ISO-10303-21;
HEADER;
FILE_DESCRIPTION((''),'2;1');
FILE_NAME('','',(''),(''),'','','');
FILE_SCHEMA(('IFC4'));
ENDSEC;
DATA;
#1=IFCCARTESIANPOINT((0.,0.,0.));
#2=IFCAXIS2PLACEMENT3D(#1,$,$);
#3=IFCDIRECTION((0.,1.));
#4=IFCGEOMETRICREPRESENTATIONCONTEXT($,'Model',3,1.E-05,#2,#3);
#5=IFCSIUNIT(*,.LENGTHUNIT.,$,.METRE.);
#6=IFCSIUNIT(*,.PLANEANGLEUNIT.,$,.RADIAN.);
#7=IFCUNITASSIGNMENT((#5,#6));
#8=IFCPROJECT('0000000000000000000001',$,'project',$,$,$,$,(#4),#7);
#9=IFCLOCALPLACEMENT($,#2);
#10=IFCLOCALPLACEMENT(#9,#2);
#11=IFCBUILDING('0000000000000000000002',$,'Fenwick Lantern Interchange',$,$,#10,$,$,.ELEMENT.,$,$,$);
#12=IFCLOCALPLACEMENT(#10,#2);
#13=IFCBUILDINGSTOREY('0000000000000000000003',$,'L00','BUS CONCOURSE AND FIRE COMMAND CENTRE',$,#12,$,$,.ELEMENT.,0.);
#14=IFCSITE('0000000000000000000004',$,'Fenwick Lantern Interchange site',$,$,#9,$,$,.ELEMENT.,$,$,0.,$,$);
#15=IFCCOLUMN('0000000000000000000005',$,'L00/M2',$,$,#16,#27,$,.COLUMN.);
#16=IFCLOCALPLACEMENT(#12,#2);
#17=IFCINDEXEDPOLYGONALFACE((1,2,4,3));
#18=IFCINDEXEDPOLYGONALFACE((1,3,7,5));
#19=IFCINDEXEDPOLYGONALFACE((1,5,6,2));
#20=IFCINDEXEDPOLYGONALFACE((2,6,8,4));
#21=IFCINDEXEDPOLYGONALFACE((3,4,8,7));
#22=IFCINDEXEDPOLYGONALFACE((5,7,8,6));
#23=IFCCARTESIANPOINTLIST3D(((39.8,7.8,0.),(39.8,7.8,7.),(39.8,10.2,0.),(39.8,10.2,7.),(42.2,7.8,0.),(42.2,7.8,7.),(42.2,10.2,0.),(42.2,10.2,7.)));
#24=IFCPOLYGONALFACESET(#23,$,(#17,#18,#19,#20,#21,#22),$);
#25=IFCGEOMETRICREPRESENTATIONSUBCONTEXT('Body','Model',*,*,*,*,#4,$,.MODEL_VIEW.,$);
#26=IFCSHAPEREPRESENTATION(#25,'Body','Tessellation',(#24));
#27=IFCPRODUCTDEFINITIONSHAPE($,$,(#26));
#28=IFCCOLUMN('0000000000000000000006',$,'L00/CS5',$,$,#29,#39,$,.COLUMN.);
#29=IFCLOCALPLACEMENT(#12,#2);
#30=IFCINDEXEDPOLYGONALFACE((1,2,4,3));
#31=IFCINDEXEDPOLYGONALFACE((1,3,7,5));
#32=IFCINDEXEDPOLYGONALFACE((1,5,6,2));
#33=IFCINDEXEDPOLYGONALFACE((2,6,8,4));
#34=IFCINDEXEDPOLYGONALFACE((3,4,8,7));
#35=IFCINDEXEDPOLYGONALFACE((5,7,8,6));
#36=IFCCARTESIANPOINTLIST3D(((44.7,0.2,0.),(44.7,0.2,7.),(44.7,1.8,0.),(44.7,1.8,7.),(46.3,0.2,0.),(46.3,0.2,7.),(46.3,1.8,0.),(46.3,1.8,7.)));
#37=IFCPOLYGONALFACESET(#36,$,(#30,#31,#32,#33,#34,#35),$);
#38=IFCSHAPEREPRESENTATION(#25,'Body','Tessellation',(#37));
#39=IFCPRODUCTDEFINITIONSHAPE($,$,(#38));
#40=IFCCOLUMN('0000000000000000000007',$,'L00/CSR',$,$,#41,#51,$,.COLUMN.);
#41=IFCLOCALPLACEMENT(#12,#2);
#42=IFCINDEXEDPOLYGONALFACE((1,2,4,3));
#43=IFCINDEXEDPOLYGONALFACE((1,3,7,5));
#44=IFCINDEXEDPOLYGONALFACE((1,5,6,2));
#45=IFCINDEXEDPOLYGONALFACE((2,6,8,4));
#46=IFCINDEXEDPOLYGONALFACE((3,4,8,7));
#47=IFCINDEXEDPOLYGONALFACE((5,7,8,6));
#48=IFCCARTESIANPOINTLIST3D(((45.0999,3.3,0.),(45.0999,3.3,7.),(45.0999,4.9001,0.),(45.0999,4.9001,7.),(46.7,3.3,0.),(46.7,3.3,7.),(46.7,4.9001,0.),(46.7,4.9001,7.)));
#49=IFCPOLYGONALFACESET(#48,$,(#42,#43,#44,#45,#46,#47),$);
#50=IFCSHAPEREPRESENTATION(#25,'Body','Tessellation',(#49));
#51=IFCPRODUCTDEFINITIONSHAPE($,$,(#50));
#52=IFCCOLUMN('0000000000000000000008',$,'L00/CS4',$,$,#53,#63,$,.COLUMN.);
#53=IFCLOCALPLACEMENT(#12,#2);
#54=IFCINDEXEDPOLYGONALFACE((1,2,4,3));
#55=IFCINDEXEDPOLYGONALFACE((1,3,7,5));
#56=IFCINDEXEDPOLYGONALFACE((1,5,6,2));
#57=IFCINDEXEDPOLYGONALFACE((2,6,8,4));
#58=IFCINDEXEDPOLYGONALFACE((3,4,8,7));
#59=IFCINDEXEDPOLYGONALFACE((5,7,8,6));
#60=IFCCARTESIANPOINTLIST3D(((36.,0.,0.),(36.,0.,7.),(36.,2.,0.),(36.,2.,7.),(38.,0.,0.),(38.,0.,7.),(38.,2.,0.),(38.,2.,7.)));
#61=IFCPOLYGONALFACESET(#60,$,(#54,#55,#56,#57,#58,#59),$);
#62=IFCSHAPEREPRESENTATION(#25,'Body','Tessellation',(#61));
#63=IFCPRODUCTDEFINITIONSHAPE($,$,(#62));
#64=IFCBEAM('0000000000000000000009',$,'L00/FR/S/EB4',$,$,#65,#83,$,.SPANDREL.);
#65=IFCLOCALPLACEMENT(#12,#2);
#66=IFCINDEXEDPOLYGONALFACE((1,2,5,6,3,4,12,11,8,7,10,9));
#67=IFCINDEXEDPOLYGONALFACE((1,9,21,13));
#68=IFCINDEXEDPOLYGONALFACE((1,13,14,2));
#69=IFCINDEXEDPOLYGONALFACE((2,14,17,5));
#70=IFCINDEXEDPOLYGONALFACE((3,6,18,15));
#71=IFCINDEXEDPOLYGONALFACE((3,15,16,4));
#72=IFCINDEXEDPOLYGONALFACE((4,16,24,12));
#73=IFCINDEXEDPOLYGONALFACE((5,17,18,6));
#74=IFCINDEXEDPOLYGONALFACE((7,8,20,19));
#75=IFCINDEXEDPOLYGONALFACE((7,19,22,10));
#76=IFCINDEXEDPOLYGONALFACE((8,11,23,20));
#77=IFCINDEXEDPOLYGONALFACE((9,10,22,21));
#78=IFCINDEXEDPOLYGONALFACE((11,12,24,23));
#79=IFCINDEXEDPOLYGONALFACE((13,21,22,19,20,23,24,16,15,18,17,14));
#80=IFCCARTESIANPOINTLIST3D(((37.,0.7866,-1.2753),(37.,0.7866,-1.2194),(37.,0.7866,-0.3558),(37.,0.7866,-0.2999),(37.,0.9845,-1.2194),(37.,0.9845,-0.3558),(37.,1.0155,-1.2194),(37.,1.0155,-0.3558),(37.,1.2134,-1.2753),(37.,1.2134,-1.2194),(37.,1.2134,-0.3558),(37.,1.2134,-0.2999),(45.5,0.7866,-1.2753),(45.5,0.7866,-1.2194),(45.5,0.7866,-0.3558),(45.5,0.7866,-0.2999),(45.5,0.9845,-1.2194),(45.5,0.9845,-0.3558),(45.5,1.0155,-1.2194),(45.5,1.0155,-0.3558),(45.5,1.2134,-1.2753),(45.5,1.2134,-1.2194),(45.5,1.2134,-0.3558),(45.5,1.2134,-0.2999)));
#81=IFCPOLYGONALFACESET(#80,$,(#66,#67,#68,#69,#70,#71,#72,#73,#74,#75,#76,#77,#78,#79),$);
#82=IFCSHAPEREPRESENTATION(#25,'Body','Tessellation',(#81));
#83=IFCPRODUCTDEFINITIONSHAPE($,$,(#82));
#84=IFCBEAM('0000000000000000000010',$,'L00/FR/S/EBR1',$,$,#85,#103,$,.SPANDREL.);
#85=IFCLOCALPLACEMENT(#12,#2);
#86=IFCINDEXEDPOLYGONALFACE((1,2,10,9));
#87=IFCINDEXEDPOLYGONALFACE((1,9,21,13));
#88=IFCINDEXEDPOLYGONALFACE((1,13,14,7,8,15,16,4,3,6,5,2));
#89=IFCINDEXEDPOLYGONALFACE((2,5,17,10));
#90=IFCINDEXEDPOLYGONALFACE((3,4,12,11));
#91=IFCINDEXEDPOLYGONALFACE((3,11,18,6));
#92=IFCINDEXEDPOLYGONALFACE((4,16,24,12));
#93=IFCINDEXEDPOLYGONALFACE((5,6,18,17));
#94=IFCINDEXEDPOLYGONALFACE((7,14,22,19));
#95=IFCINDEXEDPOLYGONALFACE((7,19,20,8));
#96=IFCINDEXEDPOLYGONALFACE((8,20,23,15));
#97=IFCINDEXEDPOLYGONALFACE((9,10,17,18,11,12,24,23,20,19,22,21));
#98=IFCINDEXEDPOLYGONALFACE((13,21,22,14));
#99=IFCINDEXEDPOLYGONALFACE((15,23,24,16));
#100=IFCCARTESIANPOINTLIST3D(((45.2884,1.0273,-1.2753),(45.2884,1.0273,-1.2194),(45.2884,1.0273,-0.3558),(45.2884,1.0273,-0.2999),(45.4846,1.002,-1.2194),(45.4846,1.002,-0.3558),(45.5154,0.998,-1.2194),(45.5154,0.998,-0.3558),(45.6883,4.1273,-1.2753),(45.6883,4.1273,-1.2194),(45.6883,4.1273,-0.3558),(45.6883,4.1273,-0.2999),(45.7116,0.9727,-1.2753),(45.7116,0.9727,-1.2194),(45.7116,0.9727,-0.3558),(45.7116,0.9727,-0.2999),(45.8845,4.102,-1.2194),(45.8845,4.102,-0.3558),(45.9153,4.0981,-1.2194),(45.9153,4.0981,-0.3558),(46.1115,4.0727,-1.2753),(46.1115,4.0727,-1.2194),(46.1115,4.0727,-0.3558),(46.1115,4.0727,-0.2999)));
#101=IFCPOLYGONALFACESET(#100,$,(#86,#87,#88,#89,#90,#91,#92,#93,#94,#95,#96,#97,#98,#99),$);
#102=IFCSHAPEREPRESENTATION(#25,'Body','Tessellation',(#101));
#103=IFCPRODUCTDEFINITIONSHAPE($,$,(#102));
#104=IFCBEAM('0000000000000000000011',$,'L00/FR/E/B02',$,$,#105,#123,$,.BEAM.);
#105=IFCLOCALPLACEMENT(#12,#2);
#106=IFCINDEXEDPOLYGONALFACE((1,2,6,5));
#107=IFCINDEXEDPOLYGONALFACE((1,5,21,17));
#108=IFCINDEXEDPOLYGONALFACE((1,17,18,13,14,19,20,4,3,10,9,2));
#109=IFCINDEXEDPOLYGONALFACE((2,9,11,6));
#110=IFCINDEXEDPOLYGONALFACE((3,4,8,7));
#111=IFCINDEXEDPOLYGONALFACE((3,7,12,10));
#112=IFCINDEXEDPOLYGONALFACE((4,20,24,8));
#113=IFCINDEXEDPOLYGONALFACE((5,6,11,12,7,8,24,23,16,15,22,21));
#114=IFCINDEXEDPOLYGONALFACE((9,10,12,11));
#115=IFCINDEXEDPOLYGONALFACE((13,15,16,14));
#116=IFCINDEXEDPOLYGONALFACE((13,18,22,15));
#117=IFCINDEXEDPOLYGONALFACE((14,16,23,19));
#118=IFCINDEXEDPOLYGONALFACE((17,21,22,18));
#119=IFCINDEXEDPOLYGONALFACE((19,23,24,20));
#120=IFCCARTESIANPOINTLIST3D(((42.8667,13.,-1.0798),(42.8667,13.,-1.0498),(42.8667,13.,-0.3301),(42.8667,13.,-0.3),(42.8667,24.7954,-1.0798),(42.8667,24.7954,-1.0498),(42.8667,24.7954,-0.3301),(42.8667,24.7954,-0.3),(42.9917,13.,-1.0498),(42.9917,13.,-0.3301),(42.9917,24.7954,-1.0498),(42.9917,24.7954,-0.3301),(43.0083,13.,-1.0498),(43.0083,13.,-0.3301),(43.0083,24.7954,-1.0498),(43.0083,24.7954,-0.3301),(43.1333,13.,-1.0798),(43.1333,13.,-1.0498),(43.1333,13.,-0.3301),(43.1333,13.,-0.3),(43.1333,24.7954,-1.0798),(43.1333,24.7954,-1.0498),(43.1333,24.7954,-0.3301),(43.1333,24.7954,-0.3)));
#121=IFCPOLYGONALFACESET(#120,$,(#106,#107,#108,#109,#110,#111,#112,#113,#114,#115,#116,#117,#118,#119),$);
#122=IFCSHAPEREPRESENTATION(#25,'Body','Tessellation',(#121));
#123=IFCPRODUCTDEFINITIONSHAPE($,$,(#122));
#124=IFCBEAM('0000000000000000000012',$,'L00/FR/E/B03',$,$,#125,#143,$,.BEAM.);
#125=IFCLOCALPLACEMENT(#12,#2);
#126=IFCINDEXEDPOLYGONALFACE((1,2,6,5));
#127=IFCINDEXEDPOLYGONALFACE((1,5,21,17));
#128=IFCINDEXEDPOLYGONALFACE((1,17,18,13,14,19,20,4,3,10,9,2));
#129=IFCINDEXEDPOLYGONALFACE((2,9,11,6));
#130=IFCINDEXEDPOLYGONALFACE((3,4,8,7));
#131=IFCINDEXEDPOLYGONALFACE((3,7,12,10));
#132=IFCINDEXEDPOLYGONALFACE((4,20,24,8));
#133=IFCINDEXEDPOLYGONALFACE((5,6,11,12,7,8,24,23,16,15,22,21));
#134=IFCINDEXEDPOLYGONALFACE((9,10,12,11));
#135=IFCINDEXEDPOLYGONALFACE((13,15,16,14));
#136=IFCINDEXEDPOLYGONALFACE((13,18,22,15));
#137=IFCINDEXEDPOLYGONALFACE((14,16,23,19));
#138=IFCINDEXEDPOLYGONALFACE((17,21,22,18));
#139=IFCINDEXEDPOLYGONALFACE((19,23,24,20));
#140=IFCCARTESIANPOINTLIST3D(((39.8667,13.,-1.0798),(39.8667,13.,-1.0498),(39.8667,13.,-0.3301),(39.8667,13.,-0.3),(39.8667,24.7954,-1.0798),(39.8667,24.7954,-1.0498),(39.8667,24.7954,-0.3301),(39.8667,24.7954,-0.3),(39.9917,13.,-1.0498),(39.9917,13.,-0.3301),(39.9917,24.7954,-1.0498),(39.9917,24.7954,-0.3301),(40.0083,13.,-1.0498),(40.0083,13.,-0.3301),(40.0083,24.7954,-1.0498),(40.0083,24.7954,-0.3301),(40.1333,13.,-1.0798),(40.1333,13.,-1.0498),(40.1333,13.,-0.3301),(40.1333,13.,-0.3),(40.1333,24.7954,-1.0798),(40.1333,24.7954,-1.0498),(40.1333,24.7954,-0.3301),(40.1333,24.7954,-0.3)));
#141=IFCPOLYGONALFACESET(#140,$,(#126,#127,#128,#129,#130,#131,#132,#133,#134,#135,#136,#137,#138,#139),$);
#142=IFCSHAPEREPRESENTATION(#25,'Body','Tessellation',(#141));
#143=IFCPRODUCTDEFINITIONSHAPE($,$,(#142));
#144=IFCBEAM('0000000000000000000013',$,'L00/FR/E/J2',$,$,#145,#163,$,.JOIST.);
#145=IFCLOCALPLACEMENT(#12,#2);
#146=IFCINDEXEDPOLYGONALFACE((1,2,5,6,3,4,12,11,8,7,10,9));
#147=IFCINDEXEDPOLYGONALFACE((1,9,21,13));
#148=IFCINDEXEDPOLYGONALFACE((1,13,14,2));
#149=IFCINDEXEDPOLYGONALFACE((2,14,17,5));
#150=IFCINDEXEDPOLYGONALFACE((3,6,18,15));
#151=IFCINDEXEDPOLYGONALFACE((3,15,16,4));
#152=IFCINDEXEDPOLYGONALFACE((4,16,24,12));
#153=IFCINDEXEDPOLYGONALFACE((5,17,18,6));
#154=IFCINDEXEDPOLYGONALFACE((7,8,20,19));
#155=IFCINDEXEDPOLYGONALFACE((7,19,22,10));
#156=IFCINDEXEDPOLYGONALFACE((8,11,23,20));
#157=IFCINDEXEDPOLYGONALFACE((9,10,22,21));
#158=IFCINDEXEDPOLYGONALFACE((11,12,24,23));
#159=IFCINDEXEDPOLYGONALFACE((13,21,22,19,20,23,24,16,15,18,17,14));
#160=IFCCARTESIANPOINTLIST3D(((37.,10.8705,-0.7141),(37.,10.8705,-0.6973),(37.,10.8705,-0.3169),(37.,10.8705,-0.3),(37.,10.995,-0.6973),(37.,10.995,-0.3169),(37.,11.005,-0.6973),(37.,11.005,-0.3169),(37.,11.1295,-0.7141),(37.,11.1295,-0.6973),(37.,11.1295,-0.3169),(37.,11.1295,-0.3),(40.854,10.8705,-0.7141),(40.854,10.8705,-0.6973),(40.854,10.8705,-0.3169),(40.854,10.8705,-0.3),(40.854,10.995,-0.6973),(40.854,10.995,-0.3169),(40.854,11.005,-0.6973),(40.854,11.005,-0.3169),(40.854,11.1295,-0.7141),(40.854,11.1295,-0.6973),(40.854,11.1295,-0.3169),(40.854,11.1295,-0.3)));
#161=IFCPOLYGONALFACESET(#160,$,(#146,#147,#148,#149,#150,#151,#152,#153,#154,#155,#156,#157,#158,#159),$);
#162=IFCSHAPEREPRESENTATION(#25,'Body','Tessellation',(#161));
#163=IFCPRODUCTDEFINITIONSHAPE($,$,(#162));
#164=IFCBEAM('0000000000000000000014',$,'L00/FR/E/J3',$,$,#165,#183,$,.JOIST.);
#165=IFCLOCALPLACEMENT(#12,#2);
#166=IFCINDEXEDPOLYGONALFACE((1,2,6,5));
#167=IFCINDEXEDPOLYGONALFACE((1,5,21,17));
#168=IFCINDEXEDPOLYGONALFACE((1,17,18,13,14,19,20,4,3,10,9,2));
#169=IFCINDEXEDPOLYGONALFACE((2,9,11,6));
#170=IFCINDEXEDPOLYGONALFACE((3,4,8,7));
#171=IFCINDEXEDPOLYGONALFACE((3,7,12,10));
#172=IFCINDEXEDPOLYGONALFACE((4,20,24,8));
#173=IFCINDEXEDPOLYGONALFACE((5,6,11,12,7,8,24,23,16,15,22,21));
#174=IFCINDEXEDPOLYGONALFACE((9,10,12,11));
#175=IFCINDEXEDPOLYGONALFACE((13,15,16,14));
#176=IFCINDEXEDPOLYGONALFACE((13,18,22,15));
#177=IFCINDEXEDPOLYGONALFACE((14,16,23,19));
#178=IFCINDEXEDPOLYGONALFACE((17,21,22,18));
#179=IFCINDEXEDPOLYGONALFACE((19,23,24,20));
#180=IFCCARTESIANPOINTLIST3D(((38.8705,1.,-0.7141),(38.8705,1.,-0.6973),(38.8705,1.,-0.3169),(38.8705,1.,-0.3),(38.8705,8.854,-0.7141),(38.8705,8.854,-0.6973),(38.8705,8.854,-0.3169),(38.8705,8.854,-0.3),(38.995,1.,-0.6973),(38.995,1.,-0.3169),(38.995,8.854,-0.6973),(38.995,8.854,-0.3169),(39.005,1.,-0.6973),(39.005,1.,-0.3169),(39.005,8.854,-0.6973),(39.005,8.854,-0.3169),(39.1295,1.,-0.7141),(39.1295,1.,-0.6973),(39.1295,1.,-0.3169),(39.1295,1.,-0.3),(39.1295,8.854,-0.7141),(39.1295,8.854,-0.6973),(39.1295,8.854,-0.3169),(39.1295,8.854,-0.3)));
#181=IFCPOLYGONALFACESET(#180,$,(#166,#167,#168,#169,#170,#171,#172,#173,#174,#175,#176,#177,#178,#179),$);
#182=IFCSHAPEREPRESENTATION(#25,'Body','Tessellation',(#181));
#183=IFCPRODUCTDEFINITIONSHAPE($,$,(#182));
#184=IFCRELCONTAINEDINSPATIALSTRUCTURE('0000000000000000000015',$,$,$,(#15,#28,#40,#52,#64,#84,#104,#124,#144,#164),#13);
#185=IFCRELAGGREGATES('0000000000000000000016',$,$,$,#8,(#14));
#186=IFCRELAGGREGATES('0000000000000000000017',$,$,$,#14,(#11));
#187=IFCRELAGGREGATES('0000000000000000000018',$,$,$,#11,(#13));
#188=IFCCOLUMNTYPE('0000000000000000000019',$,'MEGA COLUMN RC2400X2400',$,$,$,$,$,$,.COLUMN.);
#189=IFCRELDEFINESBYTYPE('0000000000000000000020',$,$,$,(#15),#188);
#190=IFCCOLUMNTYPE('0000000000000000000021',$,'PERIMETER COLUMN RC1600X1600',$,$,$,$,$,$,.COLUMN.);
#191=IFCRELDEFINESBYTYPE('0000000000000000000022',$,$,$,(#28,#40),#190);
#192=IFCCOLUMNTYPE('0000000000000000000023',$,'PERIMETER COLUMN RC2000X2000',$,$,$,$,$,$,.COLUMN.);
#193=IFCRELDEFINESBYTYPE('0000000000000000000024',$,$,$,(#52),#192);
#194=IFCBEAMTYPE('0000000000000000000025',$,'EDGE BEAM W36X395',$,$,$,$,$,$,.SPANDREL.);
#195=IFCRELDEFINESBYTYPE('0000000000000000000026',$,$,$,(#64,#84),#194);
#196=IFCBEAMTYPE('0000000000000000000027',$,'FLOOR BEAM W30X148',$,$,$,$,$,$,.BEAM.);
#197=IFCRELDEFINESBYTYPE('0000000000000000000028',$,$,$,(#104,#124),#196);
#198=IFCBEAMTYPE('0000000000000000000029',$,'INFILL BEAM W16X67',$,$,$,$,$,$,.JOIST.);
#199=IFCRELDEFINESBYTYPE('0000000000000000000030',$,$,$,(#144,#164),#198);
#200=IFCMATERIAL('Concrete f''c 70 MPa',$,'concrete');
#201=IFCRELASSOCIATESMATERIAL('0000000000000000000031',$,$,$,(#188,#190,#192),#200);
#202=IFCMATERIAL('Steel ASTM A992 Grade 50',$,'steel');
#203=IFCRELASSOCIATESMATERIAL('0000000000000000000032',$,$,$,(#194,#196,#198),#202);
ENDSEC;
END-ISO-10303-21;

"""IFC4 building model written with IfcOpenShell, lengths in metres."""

from ifc_helpers import new_model, si_unit, direction, frame, origin, origin_2d, place, context, subcontext, project, spatial, rectangle, i_section, extrude, material, material_profile, profile_set, type_object, element, save


model = new_model("IFC4")

# Units and contexts
model_context = context("Model", 3, precision=1e-05, world=origin(), true_north=direction((0.0, 1.0)))
body_context = subcontext(model_context, "Body", "Model", "MODEL_VIEW")
ifc_project = project(units=[si_unit("LENGTHUNIT", "METRE"), si_unit("PLANEANGLEUNIT", "RADIAN")], contexts=[model_context])

# Site, building, storey
site_placement = place(None, origin())
site = spatial("IfcSite", under=ifc_project, at=site_placement, Name="Fenwick Lantern Interchange site", CompositionType="ELEMENT", RefElevation=0.0)
building_placement = place(site_placement, origin())
building = spatial("IfcBuilding", under=site, at=building_placement, Name="Fenwick Lantern Interchange", CompositionType="ELEMENT")
storey_placement = place(building_placement, origin())
storey = spatial("IfcBuildingStorey", under=building, at=storey_placement, Name="L00", Description="BUS CONCOURSE AND FIRE COMMAND CENTRE", CompositionType="ELEMENT", Elevation=0.0)

# Columns
ifc_material_1 = material(Name="Concrete f'c 70 MPa", Category="concrete")
ifc_material_profile_1 = material_profile(ifc_material_1, rectangle(XDim=2.3999, YDim=2.3999, at=origin_2d()), Name="RC2400X2400")
ifc_profile_set_1 = profile_set([ifc_material_profile_1], Name="Concrete f'c 70 MPa")
column_type_1 = type_object("IfcColumnType", Name="MEGA COLUMN RC2400X2400", PredefinedType="COLUMN", material=ifc_profile_set_1)
column_1_placement = place(storey_placement, frame((41.0, 9.0, 0.0), z_axis=(0.0, 0.0, 1.0), x_axis=(1.0, 0.0, 0.0)))
element("IfcColumn", 1, at=column_1_placement, inside=storey, type_object=column_type_1, Name="L00/M2", PredefinedType="COLUMN", context=body_context, shape_type="SweptSolid", body=[
    extrude(rectangle(XDim=2.3999, YDim=2.3999, at=origin_2d()), origin(), (0.0, 0.0, 1.0), 7.0),
])
ifc_material_profile_2 = material_profile(ifc_material_1, rectangle(XDim=1.6001, YDim=1.6001, at=origin_2d()), Name="RC1600X1600")
ifc_profile_set_2 = profile_set([ifc_material_profile_2], Name="Concrete f'c 70 MPa")
column_type_2 = type_object("IfcColumnType", Name="PERIMETER COLUMN RC1600X1600", PredefinedType="COLUMN", material=ifc_profile_set_2)
for number, where, z_axis, x_axis, name in (
    (2, (45.5, 1.0, 0.0), (0.0, 0.0, 1.0), (1.0, 0.0, 0.0), "L00/CS5"),
    (3, (45.8999, 4.1001, 0.0), (0.0, 0.0, 1.0), (1.0, 0.0, 0.0), "L00/CSR"),
):
    element("IfcColumn", number, at=place(storey_placement, frame(where, z_axis=z_axis, x_axis=x_axis)), inside=storey, type_object=column_type_2, Name=name, PredefinedType="COLUMN", context=body_context, shape_type="SweptSolid", body=[
        extrude(rectangle(XDim=1.6001, YDim=1.6001, at=origin_2d()), origin(), (0.0, 0.0, 1.0), 7.0),
    ])
ifc_material_profile_3 = material_profile(ifc_material_1, rectangle(XDim=2.0, YDim=2.0, at=origin_2d()), Name="RC2000X2000")
ifc_profile_set_3 = profile_set([ifc_material_profile_3], Name="Concrete f'c 70 MPa")
column_type_3 = type_object("IfcColumnType", Name="PERIMETER COLUMN RC2000X2000", PredefinedType="COLUMN", material=ifc_profile_set_3)
column_2_placement = place(storey_placement, frame((37.0, 1.0, 0.0), z_axis=(0.0, 0.0, 1.0), x_axis=(1.0, 0.0, 0.0)))
element("IfcColumn", 4, at=column_2_placement, inside=storey, type_object=column_type_3, Name="L00/CS4", PredefinedType="COLUMN", context=body_context, shape_type="SweptSolid", body=[
    extrude(rectangle(XDim=2.0, YDim=2.0, at=origin_2d()), origin(), (0.0, 0.0, 1.0), 7.0),
])

# Beams
ifc_material_2 = material(Name="Steel ASTM A992 Grade 50", Category="steel")
ifc_material_profile_4 = material_profile(ifc_material_2, i_section(OverallWidth=0.4268, OverallDepth=0.9753, WebThickness=0.031, FlangeThickness=0.0559, at=origin_2d()), Name="W36X395")
ifc_profile_set_4 = profile_set([ifc_material_profile_4], Name="Steel ASTM A992 Grade 50")
beam_type_1 = type_object("IfcBeamType", Name="EDGE BEAM W36X395", PredefinedType="SPANDREL", material=ifc_profile_set_4)
beam_1_placement = place(storey_placement, frame((37.0, 1.0, -0.7876), z_axis=(1.0, 0.0, 0.0), x_axis=(0.0, 1.0, 0.0)))
element("IfcBeam", 5, at=beam_1_placement, inside=storey, type_object=beam_type_1, Name="L00/FR/S/EB4", PredefinedType="SPANDREL", context=body_context, shape_type="SweptSolid", body=[
    extrude(i_section(OverallWidth=0.4268, OverallDepth=0.9753, WebThickness=0.031, FlangeThickness=0.0559, at=origin_2d()), origin(), (0.0, 0.0, 1.0), 8.5),
])
beam_2_placement = place(storey_placement, frame((45.5, 1.0, -0.7876), z_axis=(0.127937, 0.991782, 0.0), x_axis=(-0.991782, 0.127937, 0.0)))
element("IfcBeam", 6, at=beam_2_placement, inside=storey, type_object=beam_type_1, Name="L00/FR/S/EBR1", PredefinedType="SPANDREL", context=body_context, shape_type="SweptSolid", body=[
    extrude(i_section(OverallWidth=0.4268, OverallDepth=0.9753, WebThickness=0.031, FlangeThickness=0.0559, at=origin_2d()), origin(), (0.0, 0.0, 1.0), 3.1257),
])
ifc_material_profile_5 = material_profile(ifc_material_2, i_section(OverallWidth=0.2666, OverallDepth=0.7798, WebThickness=0.0166, FlangeThickness=0.03, at=origin_2d()), Name="W30X148")
ifc_profile_set_5 = profile_set([ifc_material_profile_5], Name="Steel ASTM A992 Grade 50")
beam_type_2 = type_object("IfcBeamType", Name="FLOOR BEAM W30X148", PredefinedType="BEAM", material=ifc_profile_set_5)
for number, where, z_axis, x_axis, name in (
    (7, (43.0, 13.0, -0.6899), (0.0, 1.0, 0.0), (-1.0, 0.0, 0.0), "L00/FR/E/B02"),
    (8, (40.0, 13.0, -0.6899), (0.0, 1.0, 0.0), (-1.0, 0.0, 0.0), "L00/FR/E/B03"),
):
    element("IfcBeam", number, at=place(storey_placement, frame(where, z_axis=z_axis, x_axis=x_axis)), inside=storey, type_object=beam_type_2, Name=name, PredefinedType="BEAM", context=body_context, shape_type="SweptSolid", body=[
        extrude(i_section(OverallWidth=0.2666, OverallDepth=0.7798, WebThickness=0.0166, FlangeThickness=0.03, at=origin_2d()), origin(), (0.0, 0.0, 1.0), 11.7954),
    ])
ifc_material_profile_6 = material_profile(ifc_material_2, i_section(OverallWidth=0.259, OverallDepth=0.4141, WebThickness=0.01, FlangeThickness=0.0168, at=origin_2d()), Name="W16X67")
ifc_profile_set_6 = profile_set([ifc_material_profile_6], Name="Steel ASTM A992 Grade 50")
beam_type_3 = type_object("IfcBeamType", Name="INFILL BEAM W16X67", PredefinedType="JOIST", material=ifc_profile_set_6)
beam_3_placement = place(storey_placement, frame((40.854, 11.0, -0.5071), z_axis=(-1.0, 0.0, 0.0), x_axis=(0.0, -1.0, 0.0)))
element("IfcBeam", 9, at=beam_3_placement, inside=storey, type_object=beam_type_3, Name="L00/FR/E/J2", PredefinedType="JOIST", context=body_context, shape_type="SweptSolid", body=[
    extrude(i_section(OverallWidth=0.259, OverallDepth=0.4141, WebThickness=0.01, FlangeThickness=0.0168, at=origin_2d()), origin(), (0.0, 0.0, 1.0), 3.854),
])
beam_4_placement = place(storey_placement, frame((39.0, 1.0, -0.5071), z_axis=(0.0, 1.0, 0.0), x_axis=(-1.0, 0.0, 0.0)))
element("IfcBeam", 10, at=beam_4_placement, inside=storey, type_object=beam_type_3, Name="L00/FR/E/J3", PredefinedType="JOIST", context=body_context, shape_type="SweptSolid", body=[
    extrude(i_section(OverallWidth=0.259, OverallDepth=0.4141, WebThickness=0.01, FlangeThickness=0.0168, at=origin_2d()), origin(), (0.0, 0.0, 1.0), 7.854),
])

save(model, "model.ifc")
